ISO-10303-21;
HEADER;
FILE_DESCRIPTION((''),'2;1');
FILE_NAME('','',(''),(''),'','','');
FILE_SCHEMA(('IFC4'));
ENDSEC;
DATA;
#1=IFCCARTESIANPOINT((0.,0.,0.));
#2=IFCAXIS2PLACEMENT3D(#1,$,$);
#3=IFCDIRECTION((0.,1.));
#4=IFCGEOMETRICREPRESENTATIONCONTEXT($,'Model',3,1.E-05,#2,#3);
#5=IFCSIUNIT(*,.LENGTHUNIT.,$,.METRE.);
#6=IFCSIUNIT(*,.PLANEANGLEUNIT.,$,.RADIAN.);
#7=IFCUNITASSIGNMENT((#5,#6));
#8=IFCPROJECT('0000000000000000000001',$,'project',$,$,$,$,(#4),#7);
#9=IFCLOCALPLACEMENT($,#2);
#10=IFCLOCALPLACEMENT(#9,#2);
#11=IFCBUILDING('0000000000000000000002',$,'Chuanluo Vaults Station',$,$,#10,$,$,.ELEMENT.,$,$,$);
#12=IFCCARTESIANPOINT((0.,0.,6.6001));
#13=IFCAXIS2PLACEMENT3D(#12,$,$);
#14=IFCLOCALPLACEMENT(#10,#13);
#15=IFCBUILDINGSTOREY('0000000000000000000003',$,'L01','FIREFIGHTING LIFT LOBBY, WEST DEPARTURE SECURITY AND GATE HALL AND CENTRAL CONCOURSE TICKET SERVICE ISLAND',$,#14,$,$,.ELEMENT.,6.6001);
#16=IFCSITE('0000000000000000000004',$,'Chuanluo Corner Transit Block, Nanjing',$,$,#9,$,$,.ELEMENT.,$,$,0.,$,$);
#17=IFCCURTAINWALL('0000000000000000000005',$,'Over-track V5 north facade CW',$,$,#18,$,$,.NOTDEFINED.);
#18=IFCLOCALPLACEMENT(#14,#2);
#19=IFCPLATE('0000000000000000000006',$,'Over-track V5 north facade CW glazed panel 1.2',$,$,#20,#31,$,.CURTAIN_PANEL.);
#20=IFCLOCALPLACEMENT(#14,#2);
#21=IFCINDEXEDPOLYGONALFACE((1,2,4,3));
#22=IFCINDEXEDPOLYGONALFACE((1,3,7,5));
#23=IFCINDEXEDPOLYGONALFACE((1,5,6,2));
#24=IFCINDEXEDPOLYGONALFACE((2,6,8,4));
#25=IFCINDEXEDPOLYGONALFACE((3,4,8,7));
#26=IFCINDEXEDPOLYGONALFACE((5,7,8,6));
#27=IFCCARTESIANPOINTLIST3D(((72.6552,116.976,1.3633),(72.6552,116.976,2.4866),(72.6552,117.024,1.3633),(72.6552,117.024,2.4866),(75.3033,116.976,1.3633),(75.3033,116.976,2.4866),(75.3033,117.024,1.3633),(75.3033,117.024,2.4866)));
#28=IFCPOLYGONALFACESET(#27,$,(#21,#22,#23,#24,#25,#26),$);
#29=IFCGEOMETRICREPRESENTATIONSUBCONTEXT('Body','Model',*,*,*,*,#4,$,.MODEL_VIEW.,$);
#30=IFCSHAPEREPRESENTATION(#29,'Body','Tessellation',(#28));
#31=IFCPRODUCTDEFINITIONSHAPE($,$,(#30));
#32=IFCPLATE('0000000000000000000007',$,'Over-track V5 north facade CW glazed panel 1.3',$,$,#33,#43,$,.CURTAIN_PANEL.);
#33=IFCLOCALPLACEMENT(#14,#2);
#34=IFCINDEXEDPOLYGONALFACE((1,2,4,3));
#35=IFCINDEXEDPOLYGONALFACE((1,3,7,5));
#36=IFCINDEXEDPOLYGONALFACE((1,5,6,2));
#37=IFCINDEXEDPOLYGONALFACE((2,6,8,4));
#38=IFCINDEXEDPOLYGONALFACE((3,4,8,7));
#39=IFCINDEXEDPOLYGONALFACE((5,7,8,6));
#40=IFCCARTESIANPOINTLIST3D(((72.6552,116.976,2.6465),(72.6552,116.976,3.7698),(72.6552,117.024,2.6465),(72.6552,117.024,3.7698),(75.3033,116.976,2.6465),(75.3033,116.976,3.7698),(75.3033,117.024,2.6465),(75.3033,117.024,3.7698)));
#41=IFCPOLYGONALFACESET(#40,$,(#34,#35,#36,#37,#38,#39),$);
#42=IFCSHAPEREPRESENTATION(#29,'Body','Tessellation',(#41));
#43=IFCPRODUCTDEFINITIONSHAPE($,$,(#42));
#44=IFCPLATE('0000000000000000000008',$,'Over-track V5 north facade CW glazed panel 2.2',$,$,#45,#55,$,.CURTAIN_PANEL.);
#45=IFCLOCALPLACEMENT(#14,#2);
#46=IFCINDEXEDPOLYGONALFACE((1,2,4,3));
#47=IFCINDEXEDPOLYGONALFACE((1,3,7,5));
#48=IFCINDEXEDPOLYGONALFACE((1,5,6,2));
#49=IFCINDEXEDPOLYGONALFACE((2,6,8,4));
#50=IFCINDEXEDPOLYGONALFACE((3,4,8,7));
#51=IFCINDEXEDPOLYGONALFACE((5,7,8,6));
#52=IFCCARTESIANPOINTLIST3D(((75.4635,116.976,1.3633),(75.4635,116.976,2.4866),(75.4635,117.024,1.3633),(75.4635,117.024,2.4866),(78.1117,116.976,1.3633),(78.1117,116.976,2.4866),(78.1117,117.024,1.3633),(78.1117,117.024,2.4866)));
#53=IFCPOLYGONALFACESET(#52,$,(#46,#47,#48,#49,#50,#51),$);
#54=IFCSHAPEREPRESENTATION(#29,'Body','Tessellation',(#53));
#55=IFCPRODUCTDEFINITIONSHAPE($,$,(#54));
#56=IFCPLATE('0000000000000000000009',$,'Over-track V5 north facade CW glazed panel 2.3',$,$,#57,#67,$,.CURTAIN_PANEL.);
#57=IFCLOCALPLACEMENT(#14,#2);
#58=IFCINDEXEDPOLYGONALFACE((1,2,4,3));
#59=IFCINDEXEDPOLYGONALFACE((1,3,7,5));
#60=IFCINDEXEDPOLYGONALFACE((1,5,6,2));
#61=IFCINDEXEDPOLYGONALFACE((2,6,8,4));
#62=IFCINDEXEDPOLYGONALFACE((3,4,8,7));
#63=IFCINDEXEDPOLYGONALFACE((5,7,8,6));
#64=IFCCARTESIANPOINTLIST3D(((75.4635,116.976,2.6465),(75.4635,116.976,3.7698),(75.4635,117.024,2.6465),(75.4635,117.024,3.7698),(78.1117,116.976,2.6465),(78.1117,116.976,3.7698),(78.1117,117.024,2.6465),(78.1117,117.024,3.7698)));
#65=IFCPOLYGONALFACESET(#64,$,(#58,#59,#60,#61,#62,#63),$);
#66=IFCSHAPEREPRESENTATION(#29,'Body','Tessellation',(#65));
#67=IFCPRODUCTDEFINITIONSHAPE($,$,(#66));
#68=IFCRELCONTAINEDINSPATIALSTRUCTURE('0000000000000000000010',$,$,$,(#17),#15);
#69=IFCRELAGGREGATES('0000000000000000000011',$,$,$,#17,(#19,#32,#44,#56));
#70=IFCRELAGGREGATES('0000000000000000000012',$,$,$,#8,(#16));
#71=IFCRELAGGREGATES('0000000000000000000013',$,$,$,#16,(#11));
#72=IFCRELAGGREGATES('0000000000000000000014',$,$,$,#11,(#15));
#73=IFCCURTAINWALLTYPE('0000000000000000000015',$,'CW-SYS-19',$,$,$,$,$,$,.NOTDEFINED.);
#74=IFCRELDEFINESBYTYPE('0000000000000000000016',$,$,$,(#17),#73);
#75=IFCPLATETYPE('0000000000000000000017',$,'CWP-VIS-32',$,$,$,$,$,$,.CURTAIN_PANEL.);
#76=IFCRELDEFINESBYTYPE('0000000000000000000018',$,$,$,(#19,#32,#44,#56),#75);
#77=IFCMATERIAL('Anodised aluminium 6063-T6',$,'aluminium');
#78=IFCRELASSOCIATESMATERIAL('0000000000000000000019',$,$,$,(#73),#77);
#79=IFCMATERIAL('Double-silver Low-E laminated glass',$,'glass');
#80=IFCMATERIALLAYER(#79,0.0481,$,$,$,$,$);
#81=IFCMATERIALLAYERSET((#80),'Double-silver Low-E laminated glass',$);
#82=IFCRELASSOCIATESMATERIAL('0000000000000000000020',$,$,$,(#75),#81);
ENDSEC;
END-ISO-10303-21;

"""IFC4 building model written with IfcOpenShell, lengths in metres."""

from ifc_helpers import new_model, si_unit, direction, frame, origin, origin_2d, place, context, subcontext, project, spatial, rectangle, extrude, material, layer, layer_set, type_object, element, aggregate, save


model = new_model("IFC4")

# Units and contexts
model_context = context("Model", 3, precision=1e-05, world=origin(), true_north=direction((0.0, 1.0)))
body_context = subcontext(model_context, "Body", "Model", "MODEL_VIEW")
ifc_project = project(units=[si_unit("LENGTHUNIT", "METRE"), si_unit("PLANEANGLEUNIT", "RADIAN")], contexts=[model_context])

# Site, building, storey
site_placement = place(None, origin())
site = spatial("IfcSite", under=ifc_project, at=site_placement, Name="Chuanluo Corner Transit Block, Nanjing", CompositionType="ELEMENT", RefElevation=0.0)
building_placement = place(site_placement, origin())
building = spatial("IfcBuilding", under=site, at=building_placement, Name="Chuanluo Vaults Station", CompositionType="ELEMENT")
storey_placement = place(building_placement, frame((0.0, 0.0, 6.6001)))
storey = spatial("IfcBuildingStorey", under=building, at=storey_placement, Name="L01", Description="FIREFIGHTING LIFT LOBBY, WEST DEPARTURE SECURITY AND GATE HALL AND CENTRAL CONCOURSE TICKET SERVICE ISLAND", CompositionType="ELEMENT", Elevation=6.6001)

# Curtain wall, plates
ifc_material_1 = material(Name="Anodised aluminium 6063-T6", Category="aluminium")
curtain_wall_type = type_object("IfcCurtainWallType", Name="CW-SYS-19", PredefinedType="NOTDEFINED", material=ifc_material_1)
curtain_wall_placement = place(storey_placement, origin())
curtain_wall = element("IfcCurtainWall", 1, at=curtain_wall_placement, inside=storey, type_object=curtain_wall_type, Name="Over-track V5 north facade CW", PredefinedType="NOTDEFINED")
ifc_material_2 = material(Name="Double-silver Low-E laminated glass", Category="glass")
ifc_layer_1 = layer(ifc_material_2, 0.0481)
ifc_layer_set_1 = layer_set([ifc_layer_1], Name="Double-silver Low-E laminated glass")
plate_type_1 = type_object("IfcPlateType", Name="CWP-VIS-32", PredefinedType="CURTAIN_PANEL", material=ifc_layer_set_1)
plate_1_placement = place(storey_placement, frame((73.9792, 117.0, 1.3633), z_axis=(0.0, 0.0, 1.0), x_axis=(1.0, 0.0, 0.0)))
plate_1 = element("IfcPlate", 2, at=plate_1_placement, type_object=plate_type_1, Name="Over-track V5 north facade CW glazed panel 1.2", PredefinedType="CURTAIN_PANEL", context=body_context, shape_type="SweptSolid", body=[
    extrude(rectangle(XDim=2.6482, YDim=0.0481, at=origin_2d()), origin(), (0.0, 0.0, 1.0), 1.1233),
])
plate_2_placement = place(storey_placement, frame((73.9792, 117.0, 2.6465), z_axis=(0.0, 0.0, 1.0), x_axis=(1.0, 0.0, 0.0)))
plate_2 = element("IfcPlate", 3, at=plate_2_placement, type_object=plate_type_1, Name="Over-track V5 north facade CW glazed panel 1.3", PredefinedType="CURTAIN_PANEL", context=body_context, shape_type="SweptSolid", body=[
    extrude(rectangle(XDim=2.6482, YDim=0.0481, at=origin_2d()), origin(), (0.0, 0.0, 1.0), 1.1233),
])
plate_3_placement = place(storey_placement, frame((76.7876, 117.0, 1.3633), z_axis=(0.0, 0.0, 1.0), x_axis=(1.0, 0.0, 0.0)))
plate_3 = element("IfcPlate", 4, at=plate_3_placement, type_object=plate_type_1, Name="Over-track V5 north facade CW glazed panel 2.2", PredefinedType="CURTAIN_PANEL", context=body_context, shape_type="SweptSolid", body=[
    extrude(rectangle(XDim=2.6482, YDim=0.0481, at=origin_2d()), origin(), (0.0, 0.0, 1.0), 1.1233),
])
plate_4_placement = place(storey_placement, frame((76.7876, 117.0, 2.6465), z_axis=(0.0, 0.0, 1.0), x_axis=(1.0, 0.0, 0.0)))
plate_4 = element("IfcPlate", 5, at=plate_4_placement, type_object=plate_type_1, Name="Over-track V5 north facade CW glazed panel 2.3", PredefinedType="CURTAIN_PANEL", context=body_context, shape_type="SweptSolid", body=[
    extrude(rectangle(XDim=2.6482, YDim=0.0481, at=origin_2d()), origin(), (0.0, 0.0, 1.0), 1.1233),
])
aggregate(curtain_wall, [plate_1, plate_2, plate_3, plate_4])

save(model, "model.ifc")
